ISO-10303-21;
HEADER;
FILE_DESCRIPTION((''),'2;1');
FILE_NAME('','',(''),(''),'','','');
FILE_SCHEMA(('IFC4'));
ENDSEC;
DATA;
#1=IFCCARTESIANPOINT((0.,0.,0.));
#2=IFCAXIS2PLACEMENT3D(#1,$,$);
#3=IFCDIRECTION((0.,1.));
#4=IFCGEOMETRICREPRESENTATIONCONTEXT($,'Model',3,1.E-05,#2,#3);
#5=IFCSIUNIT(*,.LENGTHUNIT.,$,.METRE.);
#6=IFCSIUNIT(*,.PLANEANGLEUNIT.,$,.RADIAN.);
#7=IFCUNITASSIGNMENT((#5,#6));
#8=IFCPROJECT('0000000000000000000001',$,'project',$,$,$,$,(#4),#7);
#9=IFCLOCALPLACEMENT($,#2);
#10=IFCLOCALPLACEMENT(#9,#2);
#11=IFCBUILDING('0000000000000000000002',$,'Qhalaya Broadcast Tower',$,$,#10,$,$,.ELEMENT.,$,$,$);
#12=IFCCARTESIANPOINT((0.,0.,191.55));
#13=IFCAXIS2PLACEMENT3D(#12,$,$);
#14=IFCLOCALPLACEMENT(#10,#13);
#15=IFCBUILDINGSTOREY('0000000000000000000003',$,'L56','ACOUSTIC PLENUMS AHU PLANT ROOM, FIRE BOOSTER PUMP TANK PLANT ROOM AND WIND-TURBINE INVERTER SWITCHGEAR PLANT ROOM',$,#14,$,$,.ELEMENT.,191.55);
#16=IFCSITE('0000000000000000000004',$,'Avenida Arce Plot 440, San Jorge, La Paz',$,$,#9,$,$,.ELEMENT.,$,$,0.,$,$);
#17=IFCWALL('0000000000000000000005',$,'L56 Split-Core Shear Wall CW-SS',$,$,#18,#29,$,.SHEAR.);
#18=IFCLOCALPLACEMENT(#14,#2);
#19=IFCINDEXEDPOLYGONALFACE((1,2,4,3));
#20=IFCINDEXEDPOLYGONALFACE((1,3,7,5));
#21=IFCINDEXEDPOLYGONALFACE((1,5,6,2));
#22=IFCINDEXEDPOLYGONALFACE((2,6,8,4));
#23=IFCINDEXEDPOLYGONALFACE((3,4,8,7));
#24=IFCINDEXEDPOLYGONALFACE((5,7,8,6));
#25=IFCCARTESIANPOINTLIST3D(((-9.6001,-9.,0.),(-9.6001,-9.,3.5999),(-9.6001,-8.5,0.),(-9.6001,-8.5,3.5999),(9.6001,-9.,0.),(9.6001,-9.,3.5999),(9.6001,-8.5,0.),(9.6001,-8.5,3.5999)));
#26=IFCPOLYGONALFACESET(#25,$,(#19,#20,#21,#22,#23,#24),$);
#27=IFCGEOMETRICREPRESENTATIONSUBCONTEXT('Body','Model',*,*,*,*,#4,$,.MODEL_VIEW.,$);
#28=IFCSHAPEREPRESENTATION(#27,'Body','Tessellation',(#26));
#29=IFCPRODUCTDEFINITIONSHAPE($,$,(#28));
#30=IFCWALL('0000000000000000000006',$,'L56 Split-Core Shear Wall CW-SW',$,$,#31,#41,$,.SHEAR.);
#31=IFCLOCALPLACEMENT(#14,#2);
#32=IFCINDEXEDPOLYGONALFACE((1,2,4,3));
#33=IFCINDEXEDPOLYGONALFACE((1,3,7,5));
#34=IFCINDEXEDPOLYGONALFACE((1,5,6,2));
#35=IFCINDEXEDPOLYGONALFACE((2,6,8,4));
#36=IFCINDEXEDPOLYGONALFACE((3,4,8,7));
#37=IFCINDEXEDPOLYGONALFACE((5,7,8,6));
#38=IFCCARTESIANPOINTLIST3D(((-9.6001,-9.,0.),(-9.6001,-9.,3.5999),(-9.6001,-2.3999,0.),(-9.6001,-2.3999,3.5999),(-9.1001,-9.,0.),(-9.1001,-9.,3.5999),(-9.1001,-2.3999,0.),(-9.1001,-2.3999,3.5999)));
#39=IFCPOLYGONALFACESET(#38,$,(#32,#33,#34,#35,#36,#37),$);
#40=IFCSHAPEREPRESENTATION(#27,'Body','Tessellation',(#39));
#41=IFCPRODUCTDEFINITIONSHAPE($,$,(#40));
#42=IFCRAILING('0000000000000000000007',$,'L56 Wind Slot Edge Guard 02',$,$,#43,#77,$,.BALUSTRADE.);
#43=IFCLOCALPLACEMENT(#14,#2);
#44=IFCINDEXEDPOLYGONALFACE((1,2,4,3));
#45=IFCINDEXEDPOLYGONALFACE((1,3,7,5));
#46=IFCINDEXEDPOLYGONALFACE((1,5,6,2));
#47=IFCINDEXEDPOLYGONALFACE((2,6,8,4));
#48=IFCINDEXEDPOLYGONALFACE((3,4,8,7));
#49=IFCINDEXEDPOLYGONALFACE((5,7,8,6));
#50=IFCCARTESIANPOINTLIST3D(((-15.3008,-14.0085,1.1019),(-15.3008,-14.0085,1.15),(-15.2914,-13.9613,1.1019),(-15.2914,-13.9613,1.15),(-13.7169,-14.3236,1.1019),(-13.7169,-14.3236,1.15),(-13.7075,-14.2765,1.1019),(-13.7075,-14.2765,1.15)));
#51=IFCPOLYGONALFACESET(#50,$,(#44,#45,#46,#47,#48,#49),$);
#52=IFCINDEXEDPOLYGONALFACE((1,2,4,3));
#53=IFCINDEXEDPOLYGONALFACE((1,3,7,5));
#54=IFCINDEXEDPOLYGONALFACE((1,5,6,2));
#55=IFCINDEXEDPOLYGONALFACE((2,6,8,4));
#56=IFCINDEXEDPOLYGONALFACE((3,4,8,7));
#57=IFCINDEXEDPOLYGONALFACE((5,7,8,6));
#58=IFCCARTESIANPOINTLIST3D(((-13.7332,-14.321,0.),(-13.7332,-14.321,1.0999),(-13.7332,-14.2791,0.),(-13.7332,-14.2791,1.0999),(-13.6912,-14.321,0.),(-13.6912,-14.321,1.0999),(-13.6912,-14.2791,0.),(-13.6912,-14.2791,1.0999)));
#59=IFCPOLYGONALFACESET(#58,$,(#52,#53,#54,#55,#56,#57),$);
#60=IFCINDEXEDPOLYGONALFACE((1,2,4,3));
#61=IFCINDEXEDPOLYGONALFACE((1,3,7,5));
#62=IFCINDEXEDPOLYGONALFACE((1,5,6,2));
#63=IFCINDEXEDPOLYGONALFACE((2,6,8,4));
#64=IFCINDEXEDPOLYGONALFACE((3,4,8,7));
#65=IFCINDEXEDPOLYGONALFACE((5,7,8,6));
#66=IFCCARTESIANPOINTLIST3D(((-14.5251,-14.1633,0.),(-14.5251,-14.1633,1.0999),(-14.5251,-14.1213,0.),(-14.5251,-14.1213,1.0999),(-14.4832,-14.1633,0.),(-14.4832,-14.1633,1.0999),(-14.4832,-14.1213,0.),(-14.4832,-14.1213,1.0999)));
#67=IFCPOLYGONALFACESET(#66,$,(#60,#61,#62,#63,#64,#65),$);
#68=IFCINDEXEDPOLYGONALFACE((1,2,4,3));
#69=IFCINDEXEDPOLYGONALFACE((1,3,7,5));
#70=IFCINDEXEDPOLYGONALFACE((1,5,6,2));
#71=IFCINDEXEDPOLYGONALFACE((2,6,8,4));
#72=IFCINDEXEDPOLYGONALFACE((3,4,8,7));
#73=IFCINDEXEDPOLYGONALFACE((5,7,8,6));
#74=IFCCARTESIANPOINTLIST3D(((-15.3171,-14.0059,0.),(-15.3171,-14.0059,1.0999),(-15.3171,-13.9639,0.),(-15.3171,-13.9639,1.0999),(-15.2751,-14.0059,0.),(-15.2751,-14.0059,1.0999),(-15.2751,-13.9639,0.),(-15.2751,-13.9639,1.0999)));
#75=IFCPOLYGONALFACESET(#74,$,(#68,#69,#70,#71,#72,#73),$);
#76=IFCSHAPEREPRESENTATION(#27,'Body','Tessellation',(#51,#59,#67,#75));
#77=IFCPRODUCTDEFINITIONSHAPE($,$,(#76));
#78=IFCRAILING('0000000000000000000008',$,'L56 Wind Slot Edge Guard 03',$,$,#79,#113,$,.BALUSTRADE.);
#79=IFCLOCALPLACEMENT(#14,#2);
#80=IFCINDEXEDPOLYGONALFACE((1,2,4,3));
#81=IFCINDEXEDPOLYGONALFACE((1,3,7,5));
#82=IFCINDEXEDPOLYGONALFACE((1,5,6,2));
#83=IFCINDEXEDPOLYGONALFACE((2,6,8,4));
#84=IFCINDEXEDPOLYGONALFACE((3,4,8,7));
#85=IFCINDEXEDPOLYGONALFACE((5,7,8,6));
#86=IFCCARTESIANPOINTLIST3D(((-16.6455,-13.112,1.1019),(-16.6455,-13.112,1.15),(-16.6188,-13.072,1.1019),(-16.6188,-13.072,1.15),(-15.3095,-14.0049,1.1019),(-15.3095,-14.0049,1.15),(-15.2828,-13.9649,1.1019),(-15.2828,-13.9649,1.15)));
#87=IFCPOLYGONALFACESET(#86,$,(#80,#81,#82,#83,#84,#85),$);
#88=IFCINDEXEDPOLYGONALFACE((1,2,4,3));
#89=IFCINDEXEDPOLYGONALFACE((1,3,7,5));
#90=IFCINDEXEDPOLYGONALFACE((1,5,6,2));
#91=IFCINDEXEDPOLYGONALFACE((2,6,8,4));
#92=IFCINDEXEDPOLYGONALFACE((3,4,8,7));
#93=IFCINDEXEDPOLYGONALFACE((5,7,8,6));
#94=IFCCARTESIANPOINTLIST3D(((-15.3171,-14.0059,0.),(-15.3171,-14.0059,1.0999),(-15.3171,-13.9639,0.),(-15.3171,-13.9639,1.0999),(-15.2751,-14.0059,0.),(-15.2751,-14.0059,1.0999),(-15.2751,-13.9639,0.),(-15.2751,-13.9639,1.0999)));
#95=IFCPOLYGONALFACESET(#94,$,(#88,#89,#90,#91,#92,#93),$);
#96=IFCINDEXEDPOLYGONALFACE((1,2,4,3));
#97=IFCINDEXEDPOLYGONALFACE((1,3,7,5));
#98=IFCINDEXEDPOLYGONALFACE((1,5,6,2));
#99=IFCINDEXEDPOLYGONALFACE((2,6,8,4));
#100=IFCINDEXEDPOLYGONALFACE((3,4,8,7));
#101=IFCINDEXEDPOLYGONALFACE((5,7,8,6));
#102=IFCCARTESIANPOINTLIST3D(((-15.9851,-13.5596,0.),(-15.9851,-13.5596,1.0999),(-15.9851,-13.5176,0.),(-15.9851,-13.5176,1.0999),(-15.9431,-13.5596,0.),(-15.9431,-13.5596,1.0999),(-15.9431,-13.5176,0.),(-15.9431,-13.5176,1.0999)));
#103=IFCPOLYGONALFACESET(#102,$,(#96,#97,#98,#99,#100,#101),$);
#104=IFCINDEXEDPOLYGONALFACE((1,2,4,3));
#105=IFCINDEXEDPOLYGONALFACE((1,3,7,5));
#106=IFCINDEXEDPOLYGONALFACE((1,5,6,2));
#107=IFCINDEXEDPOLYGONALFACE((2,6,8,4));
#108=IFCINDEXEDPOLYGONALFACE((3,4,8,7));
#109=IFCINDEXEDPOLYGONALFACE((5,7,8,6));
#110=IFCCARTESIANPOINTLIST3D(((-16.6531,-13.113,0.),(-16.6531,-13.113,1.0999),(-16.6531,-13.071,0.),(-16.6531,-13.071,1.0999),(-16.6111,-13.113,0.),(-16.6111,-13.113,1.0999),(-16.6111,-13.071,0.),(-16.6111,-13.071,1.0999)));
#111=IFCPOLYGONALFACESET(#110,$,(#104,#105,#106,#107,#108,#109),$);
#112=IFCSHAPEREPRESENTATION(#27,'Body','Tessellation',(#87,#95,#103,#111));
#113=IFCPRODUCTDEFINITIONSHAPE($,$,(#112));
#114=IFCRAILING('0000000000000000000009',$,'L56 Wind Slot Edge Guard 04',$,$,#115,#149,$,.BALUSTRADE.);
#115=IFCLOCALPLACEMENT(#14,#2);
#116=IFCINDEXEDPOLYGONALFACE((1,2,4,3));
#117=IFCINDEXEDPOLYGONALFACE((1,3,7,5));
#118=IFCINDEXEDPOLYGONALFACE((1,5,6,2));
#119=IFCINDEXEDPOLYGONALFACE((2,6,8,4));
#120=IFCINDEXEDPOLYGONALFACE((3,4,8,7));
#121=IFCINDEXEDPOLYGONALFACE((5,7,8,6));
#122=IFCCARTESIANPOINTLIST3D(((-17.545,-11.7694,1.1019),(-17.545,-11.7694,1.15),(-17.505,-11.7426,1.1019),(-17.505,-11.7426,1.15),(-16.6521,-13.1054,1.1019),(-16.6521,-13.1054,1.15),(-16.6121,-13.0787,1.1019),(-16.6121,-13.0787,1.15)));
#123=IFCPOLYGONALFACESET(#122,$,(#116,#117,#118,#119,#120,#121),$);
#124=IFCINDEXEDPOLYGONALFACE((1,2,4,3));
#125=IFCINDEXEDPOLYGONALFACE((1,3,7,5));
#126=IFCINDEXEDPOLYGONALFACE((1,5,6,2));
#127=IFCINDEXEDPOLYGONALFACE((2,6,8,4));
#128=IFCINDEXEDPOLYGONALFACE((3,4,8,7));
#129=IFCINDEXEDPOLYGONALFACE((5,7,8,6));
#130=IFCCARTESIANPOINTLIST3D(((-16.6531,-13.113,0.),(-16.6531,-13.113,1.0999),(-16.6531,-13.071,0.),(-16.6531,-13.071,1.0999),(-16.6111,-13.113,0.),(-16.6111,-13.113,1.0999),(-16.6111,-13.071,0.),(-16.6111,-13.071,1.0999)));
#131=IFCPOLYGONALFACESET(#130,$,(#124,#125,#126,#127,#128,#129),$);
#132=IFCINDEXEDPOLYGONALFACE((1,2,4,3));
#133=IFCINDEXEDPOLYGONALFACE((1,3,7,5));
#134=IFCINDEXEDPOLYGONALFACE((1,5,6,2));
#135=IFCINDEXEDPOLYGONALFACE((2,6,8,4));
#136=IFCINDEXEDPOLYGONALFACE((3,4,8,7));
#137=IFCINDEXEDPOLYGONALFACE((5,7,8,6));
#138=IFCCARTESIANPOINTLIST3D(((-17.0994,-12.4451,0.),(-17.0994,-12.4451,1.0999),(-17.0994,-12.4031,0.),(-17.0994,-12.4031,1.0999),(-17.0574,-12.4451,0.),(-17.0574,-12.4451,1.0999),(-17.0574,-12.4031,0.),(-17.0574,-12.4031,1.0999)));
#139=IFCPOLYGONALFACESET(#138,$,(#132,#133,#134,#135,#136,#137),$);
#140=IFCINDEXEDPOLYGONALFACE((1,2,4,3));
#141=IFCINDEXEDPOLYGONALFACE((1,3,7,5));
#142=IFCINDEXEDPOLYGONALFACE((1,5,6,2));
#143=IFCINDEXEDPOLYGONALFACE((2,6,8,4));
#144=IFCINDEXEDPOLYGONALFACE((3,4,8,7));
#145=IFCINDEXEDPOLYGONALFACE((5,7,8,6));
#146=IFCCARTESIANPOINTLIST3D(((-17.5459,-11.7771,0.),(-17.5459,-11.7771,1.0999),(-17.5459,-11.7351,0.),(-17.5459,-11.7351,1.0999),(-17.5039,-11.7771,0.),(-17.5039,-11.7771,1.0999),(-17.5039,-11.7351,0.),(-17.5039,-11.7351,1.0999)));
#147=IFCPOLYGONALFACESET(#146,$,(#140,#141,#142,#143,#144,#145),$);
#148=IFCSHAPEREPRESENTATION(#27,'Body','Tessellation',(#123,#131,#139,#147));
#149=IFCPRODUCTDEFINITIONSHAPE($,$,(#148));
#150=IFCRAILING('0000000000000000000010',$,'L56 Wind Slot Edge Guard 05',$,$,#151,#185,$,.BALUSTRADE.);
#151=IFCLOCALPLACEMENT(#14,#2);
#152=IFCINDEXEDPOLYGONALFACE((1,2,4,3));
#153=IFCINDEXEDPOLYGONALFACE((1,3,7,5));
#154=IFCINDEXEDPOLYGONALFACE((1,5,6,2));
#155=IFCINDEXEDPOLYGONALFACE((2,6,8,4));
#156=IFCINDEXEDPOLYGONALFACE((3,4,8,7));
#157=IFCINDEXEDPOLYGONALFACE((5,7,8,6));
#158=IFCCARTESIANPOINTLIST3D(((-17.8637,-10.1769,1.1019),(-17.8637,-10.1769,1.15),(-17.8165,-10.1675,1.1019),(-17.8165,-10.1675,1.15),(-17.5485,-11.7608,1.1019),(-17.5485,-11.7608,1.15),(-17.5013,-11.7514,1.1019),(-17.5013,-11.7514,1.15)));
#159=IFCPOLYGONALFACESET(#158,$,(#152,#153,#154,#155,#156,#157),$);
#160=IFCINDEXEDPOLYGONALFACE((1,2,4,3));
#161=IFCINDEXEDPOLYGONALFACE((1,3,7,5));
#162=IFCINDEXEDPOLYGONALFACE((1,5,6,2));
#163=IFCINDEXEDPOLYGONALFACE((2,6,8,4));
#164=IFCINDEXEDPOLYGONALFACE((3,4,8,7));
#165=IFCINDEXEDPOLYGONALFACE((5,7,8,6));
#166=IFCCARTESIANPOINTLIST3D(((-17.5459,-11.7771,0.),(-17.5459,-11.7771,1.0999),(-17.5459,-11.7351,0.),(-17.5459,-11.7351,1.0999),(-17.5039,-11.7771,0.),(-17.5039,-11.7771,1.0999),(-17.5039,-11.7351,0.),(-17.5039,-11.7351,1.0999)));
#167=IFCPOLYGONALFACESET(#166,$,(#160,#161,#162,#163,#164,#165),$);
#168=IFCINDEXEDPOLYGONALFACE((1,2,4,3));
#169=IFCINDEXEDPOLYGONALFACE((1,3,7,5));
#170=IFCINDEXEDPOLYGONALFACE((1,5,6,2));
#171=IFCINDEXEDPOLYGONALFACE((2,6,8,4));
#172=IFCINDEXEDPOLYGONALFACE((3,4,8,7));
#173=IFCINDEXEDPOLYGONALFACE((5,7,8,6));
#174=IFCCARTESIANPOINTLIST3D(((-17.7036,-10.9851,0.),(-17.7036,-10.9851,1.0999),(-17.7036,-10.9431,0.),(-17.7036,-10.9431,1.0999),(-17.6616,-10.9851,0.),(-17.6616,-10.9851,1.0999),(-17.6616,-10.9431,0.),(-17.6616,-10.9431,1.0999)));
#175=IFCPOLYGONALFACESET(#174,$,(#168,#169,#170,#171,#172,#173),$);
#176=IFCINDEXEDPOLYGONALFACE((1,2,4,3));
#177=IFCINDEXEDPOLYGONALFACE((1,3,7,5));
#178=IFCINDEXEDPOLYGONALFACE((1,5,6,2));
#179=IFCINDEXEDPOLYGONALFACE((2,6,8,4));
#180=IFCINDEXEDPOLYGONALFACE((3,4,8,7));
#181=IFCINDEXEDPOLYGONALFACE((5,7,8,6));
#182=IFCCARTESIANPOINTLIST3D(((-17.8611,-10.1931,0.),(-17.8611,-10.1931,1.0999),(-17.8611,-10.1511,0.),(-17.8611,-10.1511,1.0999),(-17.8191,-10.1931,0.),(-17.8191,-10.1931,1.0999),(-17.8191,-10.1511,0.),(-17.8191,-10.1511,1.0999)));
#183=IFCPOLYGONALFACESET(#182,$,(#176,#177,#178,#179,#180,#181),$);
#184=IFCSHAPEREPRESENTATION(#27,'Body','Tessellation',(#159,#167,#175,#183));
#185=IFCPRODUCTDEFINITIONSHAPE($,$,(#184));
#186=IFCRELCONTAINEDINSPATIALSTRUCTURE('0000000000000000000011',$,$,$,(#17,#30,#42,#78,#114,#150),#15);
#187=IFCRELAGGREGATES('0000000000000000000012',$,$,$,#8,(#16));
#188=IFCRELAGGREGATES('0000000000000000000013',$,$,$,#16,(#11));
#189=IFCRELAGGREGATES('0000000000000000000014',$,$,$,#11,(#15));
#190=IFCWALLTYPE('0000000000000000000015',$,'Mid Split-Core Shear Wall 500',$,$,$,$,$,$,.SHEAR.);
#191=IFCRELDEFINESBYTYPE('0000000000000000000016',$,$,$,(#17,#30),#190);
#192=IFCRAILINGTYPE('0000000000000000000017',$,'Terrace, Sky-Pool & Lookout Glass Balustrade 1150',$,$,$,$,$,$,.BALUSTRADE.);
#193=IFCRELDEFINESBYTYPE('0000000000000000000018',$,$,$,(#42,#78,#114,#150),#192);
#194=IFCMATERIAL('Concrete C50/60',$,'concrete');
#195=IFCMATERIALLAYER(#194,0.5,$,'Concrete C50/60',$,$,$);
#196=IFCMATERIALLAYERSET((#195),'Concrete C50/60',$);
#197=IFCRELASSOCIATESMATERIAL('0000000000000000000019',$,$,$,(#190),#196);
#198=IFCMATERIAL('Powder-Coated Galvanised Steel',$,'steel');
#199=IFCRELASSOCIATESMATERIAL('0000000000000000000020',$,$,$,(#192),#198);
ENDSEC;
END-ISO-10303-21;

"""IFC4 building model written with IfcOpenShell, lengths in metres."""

from ifc_helpers import new_model, si_unit, direction, frame, frame_2d, origin, origin_2d, place, context, subcontext, project, spatial, rectangle, extrude, material, layer, layer_set, type_object, element, save


model = new_model("IFC4")

# Units and contexts
model_context = context("Model", 3, precision=1e-05, world=origin(), true_north=direction((0.0, 1.0)))
body_context = subcontext(model_context, "Body", "Model", "MODEL_VIEW")
ifc_project = project(units=[si_unit("LENGTHUNIT", "METRE"), si_unit("PLANEANGLEUNIT", "RADIAN")], contexts=[model_context])

# Site, building, storey
site_placement = place(None, origin())
site = spatial("IfcSite", under=ifc_project, at=site_placement, Name="Avenida Arce Plot 440, San Jorge, La Paz", CompositionType="ELEMENT", RefElevation=0.0)
building_placement = place(site_placement, origin())
building = spatial("IfcBuilding", under=site, at=building_placement, Name="Qhalaya Broadcast Tower", CompositionType="ELEMENT")
storey_placement = place(building_placement, frame((0.0, 0.0, 191.55)))
storey = spatial("IfcBuildingStorey", under=building, at=storey_placement, Name="L56", Description="ACOUSTIC PLENUMS AHU PLANT ROOM, FIRE BOOSTER PUMP TANK PLANT ROOM AND WIND-TURBINE INVERTER SWITCHGEAR PLANT ROOM", CompositionType="ELEMENT", Elevation=191.55)

# Shared definitions
ifc_material_1 = material(Name="Concrete C50/60", Category="concrete")

# Wall
ifc_layer_1 = layer(ifc_material_1, 0.5, Name="Concrete C50/60")
ifc_layer_set_1 = layer_set([ifc_layer_1], Name="Concrete C50/60")
wall_type_1 = type_object("IfcWallType", Name="Mid Split-Core Shear Wall 500", PredefinedType="SHEAR", material=ifc_layer_set_1)
wall_1_placement = place(storey_placement, frame((-9.6001, -8.75, 0.0), z_axis=(0.0, 0.0, 1.0), x_axis=(1.0, 0.0, 0.0)))
element("IfcWall", 1, at=wall_1_placement, inside=storey, type_object=wall_type_1, Name="L56 Split-Core Shear Wall CW-SS", PredefinedType="SHEAR", context=body_context, shape_type="SweptSolid", body=[
    extrude(rectangle(XDim=19.2002, YDim=0.5, at=frame_2d((9.6001, 0.0))), origin(), (0.0, 0.0, 1.0), 3.5999),
])

# Wall
wall_2_placement = place(storey_placement, frame((-9.3501, -9.0, 0.0), z_axis=(0.0, 0.0, 1.0), x_axis=(0.0, 1.0, 0.0)))
element("IfcWall", 2, at=wall_2_placement, inside=storey, type_object=wall_type_1, Name="L56 Split-Core Shear Wall CW-SW", PredefinedType="SHEAR", context=body_context, shape_type="SweptSolid", body=[
    extrude(rectangle(XDim=6.6001, YDim=0.5, at=frame_2d((3.3, 0.0))), origin(), (0.0, 0.0, 1.0), 3.5999),
])

# Railings
ifc_material_2 = material(Name="Powder-Coated Galvanised Steel", Category="steel")
railing_type = type_object("IfcRailingType", Name="Terrace, Sky-Pool & Lookout Glass Balustrade 1150", PredefinedType="BALUSTRADE", material=ifc_material_2)
railing_1_placement = place(storey_placement, frame((-13.7122, -14.3, 0.0)))
element("IfcRailing", 3, at=railing_1_placement, inside=storey, type_object=railing_type, Name="L56 Wind Slot Edge Guard 02", PredefinedType="BALUSTRADE", context=body_context, shape_type="SweptSolid", body=[
    extrude(rectangle(XDim=0.0481, YDim=0.0481, at=origin_2d()), frame((0.0, 0.0, 1.126), z_axis=(-0.980772, 0.195157, 0.0), x_axis=(-0.195157, -0.980772, 0.0)), (0.0, 0.0, 1.0), 1.615),
    extrude(rectangle(XDim=0.042, YDim=0.042, at=origin_2d()), origin(), (0.0, 0.0, 1.0), 1.0999),
    extrude(rectangle(XDim=0.042, YDim=0.042, at=origin_2d()), frame((-0.792, 0.1577, 0.0)), (0.0, 0.0, 1.0), 1.0999),
    extrude(rectangle(XDim=0.042, YDim=0.042, at=origin_2d()), frame((-1.584, 0.3152, 0.0)), (0.0, 0.0, 1.0), 1.0999),
])
railing_2_placement = place(storey_placement, frame((-15.2961, -13.9849, 0.0)))
element("IfcRailing", 4, at=railing_2_placement, inside=storey, type_object=railing_type, Name="L56 Wind Slot Edge Guard 03", PredefinedType="BALUSTRADE", context=body_context, shape_type="SweptSolid", body=[
    extrude(rectangle(XDim=0.0481, YDim=0.0481, at=origin_2d()), frame((0.0, 0.0, 1.126), z_axis=(-0.831419, 0.555647, 0.0), x_axis=(-0.555647, -0.831419, 0.0)), (0.0, 0.0, 1.0), 1.6069),
    extrude(rectangle(XDim=0.042, YDim=0.042, at=origin_2d()), origin(), (0.0, 0.0, 1.0), 1.0999),
    extrude(rectangle(XDim=0.042, YDim=0.042, at=origin_2d()), frame((-0.668, 0.4463, 0.0)), (0.0, 0.0, 1.0), 1.0999),
    extrude(rectangle(XDim=0.042, YDim=0.042, at=origin_2d()), frame((-1.3359, 0.8928, 0.0)), (0.0, 0.0, 1.0), 1.0999),
])
railing_3_placement = place(storey_placement, frame((-16.6321, -13.092, 0.0)))
element("IfcRailing", 5, at=railing_3_placement, inside=storey, type_object=railing_type, Name="L56 Wind Slot Edge Guard 04", PredefinedType="BALUSTRADE", context=body_context, shape_type="SweptSolid", body=[
    extrude(rectangle(XDim=0.0481, YDim=0.0481, at=origin_2d()), frame((0.0, 0.0, 1.126), z_axis=(-0.555647, 0.831419, 0.0), x_axis=(-0.831419, -0.555647, 0.0)), (0.0, 0.0, 1.0), 1.6069),
    extrude(rectangle(XDim=0.042, YDim=0.042, at=origin_2d()), origin(), (0.0, 0.0, 1.0), 1.0999),
    extrude(rectangle(XDim=0.042, YDim=0.042, at=origin_2d()), frame((-0.4463, 0.668, 0.0)), (0.0, 0.0, 1.0), 1.0999),
    extrude(rectangle(XDim=0.042, YDim=0.042, at=origin_2d()), frame((-0.8928, 1.3359, 0.0)), (0.0, 0.0, 1.0), 1.0999),
])
railing_4_placement = place(storey_placement, frame((-17.5249, -11.7561, 0.0)))
element("IfcRailing", 6, at=railing_4_placement, inside=storey, type_object=railing_type, Name="L56 Wind Slot Edge Guard 05", PredefinedType="BALUSTRADE", context=body_context, shape_type="SweptSolid", body=[
    extrude(rectangle(XDim=0.0481, YDim=0.0481, at=origin_2d()), frame((0.0, 0.0, 1.126), z_axis=(-0.195157, 0.980772, 0.0), x_axis=(-0.980772, -0.195157, 0.0)), (0.0, 0.0, 1.0), 1.615),
    extrude(rectangle(XDim=0.042, YDim=0.042, at=origin_2d()), origin(), (0.0, 0.0, 1.0), 1.0999),
    extrude(rectangle(XDim=0.042, YDim=0.042, at=origin_2d()), frame((-0.1577, 0.792, 0.0)), (0.0, 0.0, 1.0), 1.0999),
    extrude(rectangle(XDim=0.042, YDim=0.042, at=origin_2d()), frame((-0.3152, 1.584, 0.0)), (0.0, 0.0, 1.0), 1.0999),
])

save(model, "model.ifc")
